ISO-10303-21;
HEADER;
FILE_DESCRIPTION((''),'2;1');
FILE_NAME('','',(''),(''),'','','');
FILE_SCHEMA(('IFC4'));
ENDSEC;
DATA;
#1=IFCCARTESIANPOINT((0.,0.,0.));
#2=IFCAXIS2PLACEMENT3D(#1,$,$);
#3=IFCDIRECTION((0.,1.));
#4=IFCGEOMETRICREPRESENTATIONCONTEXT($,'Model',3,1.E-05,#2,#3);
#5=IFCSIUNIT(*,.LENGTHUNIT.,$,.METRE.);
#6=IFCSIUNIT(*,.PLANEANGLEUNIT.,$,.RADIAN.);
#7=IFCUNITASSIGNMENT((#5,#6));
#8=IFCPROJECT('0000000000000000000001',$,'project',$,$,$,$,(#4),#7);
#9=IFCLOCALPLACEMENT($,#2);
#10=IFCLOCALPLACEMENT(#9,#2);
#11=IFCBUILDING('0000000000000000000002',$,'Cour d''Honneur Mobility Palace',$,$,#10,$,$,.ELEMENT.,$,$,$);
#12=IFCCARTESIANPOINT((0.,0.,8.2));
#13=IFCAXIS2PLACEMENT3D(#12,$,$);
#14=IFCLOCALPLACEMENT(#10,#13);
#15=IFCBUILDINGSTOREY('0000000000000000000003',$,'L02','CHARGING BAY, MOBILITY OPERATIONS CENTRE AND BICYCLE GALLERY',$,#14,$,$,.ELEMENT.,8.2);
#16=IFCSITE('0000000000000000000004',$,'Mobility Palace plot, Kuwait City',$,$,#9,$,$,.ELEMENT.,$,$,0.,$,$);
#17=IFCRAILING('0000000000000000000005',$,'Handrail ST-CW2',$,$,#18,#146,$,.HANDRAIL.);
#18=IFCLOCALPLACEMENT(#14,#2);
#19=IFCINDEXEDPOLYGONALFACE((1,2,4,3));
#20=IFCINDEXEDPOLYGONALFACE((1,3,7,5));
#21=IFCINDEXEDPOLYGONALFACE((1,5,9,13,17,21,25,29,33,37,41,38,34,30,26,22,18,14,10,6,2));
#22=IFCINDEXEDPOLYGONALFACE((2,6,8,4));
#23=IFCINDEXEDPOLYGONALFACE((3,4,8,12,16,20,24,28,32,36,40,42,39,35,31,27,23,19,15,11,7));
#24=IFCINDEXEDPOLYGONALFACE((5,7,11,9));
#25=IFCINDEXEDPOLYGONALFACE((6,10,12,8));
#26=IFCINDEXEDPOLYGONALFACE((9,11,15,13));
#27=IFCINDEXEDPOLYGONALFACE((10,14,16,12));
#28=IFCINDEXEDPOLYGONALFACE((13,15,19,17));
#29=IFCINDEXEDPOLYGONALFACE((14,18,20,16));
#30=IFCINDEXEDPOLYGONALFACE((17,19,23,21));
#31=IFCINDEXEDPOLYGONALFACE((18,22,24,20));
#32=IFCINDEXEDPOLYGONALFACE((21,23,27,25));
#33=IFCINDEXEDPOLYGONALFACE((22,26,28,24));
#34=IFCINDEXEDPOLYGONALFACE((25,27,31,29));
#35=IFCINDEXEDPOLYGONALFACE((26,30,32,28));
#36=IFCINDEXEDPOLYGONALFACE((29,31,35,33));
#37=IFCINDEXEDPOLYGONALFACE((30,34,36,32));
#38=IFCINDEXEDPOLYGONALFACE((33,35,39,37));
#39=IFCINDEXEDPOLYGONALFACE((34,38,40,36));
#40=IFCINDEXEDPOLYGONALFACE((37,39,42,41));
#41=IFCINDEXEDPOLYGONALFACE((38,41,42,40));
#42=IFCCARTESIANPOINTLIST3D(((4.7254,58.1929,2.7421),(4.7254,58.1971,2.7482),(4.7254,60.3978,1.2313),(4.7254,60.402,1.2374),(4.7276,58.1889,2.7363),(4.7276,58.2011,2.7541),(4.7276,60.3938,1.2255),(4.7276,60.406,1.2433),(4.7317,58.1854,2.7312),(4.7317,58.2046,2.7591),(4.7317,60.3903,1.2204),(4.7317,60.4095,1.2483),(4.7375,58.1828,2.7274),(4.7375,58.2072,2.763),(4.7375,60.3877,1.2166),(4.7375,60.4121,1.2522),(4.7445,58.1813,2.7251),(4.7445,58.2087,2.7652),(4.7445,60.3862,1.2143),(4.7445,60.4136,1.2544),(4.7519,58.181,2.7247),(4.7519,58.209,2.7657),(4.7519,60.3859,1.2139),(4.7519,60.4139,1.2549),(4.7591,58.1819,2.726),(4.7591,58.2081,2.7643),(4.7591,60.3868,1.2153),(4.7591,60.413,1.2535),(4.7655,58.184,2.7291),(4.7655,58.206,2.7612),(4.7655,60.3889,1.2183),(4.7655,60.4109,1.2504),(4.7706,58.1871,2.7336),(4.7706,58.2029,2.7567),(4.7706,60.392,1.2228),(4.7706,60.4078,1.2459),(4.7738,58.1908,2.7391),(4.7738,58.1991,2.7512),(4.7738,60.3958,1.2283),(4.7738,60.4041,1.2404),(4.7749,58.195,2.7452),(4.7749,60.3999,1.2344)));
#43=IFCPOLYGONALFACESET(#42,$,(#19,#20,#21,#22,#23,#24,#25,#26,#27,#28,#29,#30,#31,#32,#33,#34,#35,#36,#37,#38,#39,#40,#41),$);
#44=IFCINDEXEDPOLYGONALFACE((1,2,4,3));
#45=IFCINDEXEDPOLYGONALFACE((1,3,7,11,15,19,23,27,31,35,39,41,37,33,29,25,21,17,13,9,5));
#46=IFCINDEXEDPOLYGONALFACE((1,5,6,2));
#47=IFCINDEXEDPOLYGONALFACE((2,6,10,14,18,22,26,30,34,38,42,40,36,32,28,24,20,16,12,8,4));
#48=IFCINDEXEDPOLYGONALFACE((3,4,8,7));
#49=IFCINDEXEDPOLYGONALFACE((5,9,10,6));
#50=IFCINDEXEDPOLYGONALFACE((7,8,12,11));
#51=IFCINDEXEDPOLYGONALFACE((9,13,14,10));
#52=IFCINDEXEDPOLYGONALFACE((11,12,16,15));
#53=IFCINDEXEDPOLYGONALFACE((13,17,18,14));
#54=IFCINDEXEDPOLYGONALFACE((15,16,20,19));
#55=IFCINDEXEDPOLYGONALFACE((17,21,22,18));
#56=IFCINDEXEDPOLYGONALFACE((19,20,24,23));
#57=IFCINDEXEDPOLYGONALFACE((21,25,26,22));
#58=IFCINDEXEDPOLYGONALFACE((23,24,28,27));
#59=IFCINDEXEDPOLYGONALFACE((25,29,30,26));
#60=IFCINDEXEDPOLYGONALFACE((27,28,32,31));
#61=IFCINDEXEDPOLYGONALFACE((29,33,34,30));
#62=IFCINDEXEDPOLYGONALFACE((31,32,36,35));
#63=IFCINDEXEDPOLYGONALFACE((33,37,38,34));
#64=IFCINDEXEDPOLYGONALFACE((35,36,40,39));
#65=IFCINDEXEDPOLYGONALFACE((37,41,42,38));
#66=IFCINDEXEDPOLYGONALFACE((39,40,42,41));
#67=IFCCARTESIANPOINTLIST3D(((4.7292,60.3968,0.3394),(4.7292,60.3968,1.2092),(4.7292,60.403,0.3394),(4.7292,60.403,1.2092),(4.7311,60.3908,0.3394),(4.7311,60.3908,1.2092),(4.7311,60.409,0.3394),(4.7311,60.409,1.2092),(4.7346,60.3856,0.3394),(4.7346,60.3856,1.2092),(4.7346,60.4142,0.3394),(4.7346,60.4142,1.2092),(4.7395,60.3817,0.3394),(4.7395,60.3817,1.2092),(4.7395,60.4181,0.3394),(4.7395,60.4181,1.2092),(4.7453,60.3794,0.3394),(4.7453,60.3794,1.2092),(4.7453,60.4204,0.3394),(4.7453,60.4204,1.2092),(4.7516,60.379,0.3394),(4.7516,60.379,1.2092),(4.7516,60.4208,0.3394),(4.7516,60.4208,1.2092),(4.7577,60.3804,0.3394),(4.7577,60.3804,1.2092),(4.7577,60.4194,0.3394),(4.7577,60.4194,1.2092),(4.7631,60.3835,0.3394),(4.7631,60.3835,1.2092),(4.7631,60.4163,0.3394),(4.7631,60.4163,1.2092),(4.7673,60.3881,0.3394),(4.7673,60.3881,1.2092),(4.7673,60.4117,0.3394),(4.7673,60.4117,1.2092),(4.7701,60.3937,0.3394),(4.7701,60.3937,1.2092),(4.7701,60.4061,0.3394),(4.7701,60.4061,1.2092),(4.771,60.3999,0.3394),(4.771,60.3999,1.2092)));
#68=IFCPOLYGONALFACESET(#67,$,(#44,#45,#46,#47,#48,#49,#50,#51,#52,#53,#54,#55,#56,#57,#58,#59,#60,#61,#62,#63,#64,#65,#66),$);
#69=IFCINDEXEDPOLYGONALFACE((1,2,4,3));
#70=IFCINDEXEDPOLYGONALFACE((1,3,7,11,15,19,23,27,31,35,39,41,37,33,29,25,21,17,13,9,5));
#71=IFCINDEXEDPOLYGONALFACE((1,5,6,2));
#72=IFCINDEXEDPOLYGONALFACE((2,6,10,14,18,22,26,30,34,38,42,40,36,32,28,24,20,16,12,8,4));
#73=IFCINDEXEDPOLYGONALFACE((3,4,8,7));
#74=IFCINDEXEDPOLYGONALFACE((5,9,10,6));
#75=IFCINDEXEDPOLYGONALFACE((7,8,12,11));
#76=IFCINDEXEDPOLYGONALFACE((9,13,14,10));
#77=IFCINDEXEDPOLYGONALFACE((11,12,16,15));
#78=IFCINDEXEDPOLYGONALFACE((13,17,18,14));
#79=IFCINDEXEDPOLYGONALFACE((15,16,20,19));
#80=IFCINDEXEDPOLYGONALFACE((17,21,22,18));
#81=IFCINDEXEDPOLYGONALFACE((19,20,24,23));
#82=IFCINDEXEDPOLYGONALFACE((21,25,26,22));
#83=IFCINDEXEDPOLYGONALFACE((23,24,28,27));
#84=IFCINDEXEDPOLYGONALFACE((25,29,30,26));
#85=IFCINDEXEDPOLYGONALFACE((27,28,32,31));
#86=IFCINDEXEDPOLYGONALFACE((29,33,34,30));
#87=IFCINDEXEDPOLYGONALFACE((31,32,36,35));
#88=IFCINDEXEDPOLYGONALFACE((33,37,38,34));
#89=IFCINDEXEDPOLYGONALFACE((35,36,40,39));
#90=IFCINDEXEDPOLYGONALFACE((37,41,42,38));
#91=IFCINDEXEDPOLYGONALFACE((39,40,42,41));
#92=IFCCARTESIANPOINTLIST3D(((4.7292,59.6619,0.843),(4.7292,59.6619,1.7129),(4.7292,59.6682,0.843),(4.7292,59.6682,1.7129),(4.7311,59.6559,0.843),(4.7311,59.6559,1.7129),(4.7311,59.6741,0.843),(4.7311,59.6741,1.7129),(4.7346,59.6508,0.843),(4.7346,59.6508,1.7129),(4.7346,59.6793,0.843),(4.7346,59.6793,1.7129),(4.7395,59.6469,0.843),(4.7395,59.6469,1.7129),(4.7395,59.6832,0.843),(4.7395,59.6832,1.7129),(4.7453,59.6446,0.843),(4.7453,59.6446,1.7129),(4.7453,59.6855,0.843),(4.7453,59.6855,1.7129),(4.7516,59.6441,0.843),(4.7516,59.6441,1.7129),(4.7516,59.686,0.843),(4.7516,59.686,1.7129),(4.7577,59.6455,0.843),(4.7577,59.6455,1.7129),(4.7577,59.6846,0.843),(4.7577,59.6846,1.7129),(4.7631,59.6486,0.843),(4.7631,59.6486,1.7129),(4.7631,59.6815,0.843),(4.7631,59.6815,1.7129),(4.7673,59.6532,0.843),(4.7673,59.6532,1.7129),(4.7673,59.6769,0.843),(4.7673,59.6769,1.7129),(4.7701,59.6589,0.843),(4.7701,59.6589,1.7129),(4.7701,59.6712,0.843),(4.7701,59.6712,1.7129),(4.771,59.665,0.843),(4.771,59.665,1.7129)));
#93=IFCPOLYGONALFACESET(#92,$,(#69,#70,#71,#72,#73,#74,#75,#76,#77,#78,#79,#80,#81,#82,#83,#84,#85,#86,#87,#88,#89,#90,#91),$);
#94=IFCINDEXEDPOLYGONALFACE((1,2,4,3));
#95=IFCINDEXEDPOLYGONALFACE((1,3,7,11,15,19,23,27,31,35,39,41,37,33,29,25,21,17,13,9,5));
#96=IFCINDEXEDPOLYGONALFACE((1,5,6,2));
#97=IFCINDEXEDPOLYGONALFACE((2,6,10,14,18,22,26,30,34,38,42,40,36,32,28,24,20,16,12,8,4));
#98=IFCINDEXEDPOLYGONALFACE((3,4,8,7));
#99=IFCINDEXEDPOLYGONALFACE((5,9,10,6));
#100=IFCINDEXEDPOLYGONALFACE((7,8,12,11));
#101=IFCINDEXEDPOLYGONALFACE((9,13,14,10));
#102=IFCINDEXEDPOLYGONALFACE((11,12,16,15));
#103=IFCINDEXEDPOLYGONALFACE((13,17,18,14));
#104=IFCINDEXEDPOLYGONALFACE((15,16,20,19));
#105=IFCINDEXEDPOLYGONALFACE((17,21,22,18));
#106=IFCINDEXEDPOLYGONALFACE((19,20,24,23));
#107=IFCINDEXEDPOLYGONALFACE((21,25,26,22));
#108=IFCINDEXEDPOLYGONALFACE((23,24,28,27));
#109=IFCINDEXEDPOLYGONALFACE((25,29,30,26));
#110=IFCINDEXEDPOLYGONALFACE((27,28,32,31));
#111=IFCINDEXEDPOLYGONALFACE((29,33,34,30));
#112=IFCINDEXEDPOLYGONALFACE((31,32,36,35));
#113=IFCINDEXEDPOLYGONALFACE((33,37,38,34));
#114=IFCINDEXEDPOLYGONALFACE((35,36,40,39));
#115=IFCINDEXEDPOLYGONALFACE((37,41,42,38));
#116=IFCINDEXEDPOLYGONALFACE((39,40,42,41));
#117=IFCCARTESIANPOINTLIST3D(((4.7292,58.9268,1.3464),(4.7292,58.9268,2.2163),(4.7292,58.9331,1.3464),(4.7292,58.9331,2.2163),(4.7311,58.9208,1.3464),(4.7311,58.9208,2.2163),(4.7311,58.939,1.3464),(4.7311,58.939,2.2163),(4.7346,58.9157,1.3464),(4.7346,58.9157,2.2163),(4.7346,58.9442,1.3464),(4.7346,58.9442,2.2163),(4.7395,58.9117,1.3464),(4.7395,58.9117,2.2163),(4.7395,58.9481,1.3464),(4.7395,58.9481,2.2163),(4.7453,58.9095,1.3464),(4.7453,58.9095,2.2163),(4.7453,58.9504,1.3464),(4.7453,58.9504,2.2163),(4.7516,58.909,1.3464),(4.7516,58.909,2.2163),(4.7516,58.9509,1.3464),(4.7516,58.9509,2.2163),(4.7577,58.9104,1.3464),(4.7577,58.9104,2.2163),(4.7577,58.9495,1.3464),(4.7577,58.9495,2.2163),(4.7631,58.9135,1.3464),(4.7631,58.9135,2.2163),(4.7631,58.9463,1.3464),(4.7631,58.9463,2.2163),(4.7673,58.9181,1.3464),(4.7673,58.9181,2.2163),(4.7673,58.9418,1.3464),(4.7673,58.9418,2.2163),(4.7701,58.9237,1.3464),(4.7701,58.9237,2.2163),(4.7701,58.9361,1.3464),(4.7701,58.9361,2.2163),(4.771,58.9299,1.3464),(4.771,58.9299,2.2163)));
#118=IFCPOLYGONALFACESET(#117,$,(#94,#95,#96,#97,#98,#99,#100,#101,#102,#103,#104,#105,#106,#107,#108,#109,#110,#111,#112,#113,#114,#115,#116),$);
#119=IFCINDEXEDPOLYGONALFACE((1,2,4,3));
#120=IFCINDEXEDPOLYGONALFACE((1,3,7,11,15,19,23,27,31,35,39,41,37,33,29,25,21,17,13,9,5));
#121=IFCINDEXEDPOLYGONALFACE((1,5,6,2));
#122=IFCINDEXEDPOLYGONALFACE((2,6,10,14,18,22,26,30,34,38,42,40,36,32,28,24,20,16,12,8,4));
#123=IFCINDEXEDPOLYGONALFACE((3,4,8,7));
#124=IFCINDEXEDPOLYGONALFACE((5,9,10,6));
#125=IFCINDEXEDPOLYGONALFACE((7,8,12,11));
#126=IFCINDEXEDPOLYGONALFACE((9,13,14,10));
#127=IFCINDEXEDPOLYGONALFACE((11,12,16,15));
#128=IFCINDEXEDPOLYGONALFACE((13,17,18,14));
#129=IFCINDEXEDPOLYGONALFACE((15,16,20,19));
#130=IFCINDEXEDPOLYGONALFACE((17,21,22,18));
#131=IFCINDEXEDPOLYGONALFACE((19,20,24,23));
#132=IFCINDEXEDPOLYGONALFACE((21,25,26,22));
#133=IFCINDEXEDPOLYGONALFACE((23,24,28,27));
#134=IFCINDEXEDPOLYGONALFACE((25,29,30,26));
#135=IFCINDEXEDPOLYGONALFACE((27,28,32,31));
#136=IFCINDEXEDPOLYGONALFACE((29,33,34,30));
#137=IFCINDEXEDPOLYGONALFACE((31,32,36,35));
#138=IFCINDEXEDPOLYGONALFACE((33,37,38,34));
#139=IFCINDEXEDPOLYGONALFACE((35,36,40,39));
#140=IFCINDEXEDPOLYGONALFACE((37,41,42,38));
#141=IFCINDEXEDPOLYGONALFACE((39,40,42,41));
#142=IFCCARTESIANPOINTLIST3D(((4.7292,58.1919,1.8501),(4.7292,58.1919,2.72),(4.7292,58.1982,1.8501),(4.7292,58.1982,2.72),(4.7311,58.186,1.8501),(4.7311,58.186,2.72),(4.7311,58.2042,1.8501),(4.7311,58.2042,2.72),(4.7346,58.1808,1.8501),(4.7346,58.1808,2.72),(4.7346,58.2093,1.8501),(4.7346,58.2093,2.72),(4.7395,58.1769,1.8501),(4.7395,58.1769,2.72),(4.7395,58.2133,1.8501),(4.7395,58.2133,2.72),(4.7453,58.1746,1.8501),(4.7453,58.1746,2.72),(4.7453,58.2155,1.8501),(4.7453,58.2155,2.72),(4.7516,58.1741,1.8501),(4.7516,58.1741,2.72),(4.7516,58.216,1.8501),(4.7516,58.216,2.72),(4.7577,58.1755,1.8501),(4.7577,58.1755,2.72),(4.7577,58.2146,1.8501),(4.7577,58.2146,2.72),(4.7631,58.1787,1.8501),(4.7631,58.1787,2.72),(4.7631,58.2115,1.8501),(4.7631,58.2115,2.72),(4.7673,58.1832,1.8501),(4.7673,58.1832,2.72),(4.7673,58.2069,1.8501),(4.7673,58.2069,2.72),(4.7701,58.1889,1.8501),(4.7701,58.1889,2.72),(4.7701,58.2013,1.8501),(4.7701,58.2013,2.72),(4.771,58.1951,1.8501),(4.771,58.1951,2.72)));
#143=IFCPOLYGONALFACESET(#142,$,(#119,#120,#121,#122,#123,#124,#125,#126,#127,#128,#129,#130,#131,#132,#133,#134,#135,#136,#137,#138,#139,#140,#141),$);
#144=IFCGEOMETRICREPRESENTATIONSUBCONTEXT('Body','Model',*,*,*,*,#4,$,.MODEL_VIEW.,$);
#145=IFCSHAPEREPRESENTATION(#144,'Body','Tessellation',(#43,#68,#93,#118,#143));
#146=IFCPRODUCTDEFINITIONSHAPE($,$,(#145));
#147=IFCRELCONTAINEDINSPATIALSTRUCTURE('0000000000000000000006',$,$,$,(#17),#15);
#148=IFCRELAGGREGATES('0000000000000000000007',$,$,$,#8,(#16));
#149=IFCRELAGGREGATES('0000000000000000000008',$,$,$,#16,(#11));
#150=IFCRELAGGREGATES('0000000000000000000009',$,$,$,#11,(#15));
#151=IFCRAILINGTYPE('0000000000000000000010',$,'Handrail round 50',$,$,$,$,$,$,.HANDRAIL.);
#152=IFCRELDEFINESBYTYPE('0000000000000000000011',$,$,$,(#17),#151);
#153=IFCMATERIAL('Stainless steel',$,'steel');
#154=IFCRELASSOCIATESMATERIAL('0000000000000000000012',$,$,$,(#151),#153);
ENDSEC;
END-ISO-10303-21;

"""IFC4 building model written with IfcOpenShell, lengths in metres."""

from ifc_helpers import new_model, si_unit, direction, frame, origin, origin_2d, place, context, subcontext, project, spatial, circle, extrude, material, type_object, element, save


model = new_model("IFC4")

# Units and contexts
model_context = context("Model", 3, precision=1e-05, world=origin(), true_north=direction((0.0, 1.0)))
body_context = subcontext(model_context, "Body", "Model", "MODEL_VIEW")
ifc_project = project(units=[si_unit("LENGTHUNIT", "METRE"), si_unit("PLANEANGLEUNIT", "RADIAN")], contexts=[model_context])

# Site, building, storey
site_placement = place(None, origin())
site = spatial("IfcSite", under=ifc_project, at=site_placement, Name="Mobility Palace plot, Kuwait City", CompositionType="ELEMENT", RefElevation=0.0)
building_placement = place(site_placement, origin())
building = spatial("IfcBuilding", under=site, at=building_placement, Name="Cour d'Honneur Mobility Palace", CompositionType="ELEMENT")
storey_placement = place(building_placement, frame((0.0, 0.0, 8.2)))
storey = spatial("IfcBuildingStorey", under=building, at=storey_placement, Name="L02", Description="CHARGING BAY, MOBILITY OPERATIONS CENTRE AND BICYCLE GALLERY", CompositionType="ELEMENT", Elevation=8.2)

# Railing
ifc_material_1 = material(Name="Stainless steel", Category="steel")
railing_type_1 = type_object("IfcRailingType", Name="Handrail round 50", PredefinedType="HANDRAIL", material=ifc_material_1)
railing_1_placement = place(storey_placement, frame((4.75, 60.3999, 0.3394)))
element("IfcRailing", 1, at=railing_1_placement, inside=storey, type_object=railing_type_1, Name="Handrail ST-CW2", PredefinedType="HANDRAIL", context=body_context, shape_type="SweptSolid", body=[
    extrude(circle(Radius=0.0249, at=origin_2d()), frame((0.0, 0.0, 0.895), z_axis=(0.0, -0.824928, 0.565237), x_axis=(1.0, 0.0, 0.0)), (0.0, 0.0, 1.0), 2.6729),
    extrude(circle(Radius=0.021, at=origin_2d()), origin(), (0.0, 0.0, 1.0), 0.8699),
    extrude(circle(Radius=0.021, at=origin_2d()), frame((0.0, -0.7349, 0.5037)), (0.0, 0.0, 1.0), 0.8699),
    extrude(circle(Radius=0.021, at=origin_2d()), frame((0.0, -1.47, 1.0071)), (0.0, 0.0, 1.0), 0.8699),
    extrude(circle(Radius=0.021, at=origin_2d()), frame((0.0, -2.2048, 1.5107)), (0.0, 0.0, 1.0), 0.8699),
])

save(model, "model.ifc")
